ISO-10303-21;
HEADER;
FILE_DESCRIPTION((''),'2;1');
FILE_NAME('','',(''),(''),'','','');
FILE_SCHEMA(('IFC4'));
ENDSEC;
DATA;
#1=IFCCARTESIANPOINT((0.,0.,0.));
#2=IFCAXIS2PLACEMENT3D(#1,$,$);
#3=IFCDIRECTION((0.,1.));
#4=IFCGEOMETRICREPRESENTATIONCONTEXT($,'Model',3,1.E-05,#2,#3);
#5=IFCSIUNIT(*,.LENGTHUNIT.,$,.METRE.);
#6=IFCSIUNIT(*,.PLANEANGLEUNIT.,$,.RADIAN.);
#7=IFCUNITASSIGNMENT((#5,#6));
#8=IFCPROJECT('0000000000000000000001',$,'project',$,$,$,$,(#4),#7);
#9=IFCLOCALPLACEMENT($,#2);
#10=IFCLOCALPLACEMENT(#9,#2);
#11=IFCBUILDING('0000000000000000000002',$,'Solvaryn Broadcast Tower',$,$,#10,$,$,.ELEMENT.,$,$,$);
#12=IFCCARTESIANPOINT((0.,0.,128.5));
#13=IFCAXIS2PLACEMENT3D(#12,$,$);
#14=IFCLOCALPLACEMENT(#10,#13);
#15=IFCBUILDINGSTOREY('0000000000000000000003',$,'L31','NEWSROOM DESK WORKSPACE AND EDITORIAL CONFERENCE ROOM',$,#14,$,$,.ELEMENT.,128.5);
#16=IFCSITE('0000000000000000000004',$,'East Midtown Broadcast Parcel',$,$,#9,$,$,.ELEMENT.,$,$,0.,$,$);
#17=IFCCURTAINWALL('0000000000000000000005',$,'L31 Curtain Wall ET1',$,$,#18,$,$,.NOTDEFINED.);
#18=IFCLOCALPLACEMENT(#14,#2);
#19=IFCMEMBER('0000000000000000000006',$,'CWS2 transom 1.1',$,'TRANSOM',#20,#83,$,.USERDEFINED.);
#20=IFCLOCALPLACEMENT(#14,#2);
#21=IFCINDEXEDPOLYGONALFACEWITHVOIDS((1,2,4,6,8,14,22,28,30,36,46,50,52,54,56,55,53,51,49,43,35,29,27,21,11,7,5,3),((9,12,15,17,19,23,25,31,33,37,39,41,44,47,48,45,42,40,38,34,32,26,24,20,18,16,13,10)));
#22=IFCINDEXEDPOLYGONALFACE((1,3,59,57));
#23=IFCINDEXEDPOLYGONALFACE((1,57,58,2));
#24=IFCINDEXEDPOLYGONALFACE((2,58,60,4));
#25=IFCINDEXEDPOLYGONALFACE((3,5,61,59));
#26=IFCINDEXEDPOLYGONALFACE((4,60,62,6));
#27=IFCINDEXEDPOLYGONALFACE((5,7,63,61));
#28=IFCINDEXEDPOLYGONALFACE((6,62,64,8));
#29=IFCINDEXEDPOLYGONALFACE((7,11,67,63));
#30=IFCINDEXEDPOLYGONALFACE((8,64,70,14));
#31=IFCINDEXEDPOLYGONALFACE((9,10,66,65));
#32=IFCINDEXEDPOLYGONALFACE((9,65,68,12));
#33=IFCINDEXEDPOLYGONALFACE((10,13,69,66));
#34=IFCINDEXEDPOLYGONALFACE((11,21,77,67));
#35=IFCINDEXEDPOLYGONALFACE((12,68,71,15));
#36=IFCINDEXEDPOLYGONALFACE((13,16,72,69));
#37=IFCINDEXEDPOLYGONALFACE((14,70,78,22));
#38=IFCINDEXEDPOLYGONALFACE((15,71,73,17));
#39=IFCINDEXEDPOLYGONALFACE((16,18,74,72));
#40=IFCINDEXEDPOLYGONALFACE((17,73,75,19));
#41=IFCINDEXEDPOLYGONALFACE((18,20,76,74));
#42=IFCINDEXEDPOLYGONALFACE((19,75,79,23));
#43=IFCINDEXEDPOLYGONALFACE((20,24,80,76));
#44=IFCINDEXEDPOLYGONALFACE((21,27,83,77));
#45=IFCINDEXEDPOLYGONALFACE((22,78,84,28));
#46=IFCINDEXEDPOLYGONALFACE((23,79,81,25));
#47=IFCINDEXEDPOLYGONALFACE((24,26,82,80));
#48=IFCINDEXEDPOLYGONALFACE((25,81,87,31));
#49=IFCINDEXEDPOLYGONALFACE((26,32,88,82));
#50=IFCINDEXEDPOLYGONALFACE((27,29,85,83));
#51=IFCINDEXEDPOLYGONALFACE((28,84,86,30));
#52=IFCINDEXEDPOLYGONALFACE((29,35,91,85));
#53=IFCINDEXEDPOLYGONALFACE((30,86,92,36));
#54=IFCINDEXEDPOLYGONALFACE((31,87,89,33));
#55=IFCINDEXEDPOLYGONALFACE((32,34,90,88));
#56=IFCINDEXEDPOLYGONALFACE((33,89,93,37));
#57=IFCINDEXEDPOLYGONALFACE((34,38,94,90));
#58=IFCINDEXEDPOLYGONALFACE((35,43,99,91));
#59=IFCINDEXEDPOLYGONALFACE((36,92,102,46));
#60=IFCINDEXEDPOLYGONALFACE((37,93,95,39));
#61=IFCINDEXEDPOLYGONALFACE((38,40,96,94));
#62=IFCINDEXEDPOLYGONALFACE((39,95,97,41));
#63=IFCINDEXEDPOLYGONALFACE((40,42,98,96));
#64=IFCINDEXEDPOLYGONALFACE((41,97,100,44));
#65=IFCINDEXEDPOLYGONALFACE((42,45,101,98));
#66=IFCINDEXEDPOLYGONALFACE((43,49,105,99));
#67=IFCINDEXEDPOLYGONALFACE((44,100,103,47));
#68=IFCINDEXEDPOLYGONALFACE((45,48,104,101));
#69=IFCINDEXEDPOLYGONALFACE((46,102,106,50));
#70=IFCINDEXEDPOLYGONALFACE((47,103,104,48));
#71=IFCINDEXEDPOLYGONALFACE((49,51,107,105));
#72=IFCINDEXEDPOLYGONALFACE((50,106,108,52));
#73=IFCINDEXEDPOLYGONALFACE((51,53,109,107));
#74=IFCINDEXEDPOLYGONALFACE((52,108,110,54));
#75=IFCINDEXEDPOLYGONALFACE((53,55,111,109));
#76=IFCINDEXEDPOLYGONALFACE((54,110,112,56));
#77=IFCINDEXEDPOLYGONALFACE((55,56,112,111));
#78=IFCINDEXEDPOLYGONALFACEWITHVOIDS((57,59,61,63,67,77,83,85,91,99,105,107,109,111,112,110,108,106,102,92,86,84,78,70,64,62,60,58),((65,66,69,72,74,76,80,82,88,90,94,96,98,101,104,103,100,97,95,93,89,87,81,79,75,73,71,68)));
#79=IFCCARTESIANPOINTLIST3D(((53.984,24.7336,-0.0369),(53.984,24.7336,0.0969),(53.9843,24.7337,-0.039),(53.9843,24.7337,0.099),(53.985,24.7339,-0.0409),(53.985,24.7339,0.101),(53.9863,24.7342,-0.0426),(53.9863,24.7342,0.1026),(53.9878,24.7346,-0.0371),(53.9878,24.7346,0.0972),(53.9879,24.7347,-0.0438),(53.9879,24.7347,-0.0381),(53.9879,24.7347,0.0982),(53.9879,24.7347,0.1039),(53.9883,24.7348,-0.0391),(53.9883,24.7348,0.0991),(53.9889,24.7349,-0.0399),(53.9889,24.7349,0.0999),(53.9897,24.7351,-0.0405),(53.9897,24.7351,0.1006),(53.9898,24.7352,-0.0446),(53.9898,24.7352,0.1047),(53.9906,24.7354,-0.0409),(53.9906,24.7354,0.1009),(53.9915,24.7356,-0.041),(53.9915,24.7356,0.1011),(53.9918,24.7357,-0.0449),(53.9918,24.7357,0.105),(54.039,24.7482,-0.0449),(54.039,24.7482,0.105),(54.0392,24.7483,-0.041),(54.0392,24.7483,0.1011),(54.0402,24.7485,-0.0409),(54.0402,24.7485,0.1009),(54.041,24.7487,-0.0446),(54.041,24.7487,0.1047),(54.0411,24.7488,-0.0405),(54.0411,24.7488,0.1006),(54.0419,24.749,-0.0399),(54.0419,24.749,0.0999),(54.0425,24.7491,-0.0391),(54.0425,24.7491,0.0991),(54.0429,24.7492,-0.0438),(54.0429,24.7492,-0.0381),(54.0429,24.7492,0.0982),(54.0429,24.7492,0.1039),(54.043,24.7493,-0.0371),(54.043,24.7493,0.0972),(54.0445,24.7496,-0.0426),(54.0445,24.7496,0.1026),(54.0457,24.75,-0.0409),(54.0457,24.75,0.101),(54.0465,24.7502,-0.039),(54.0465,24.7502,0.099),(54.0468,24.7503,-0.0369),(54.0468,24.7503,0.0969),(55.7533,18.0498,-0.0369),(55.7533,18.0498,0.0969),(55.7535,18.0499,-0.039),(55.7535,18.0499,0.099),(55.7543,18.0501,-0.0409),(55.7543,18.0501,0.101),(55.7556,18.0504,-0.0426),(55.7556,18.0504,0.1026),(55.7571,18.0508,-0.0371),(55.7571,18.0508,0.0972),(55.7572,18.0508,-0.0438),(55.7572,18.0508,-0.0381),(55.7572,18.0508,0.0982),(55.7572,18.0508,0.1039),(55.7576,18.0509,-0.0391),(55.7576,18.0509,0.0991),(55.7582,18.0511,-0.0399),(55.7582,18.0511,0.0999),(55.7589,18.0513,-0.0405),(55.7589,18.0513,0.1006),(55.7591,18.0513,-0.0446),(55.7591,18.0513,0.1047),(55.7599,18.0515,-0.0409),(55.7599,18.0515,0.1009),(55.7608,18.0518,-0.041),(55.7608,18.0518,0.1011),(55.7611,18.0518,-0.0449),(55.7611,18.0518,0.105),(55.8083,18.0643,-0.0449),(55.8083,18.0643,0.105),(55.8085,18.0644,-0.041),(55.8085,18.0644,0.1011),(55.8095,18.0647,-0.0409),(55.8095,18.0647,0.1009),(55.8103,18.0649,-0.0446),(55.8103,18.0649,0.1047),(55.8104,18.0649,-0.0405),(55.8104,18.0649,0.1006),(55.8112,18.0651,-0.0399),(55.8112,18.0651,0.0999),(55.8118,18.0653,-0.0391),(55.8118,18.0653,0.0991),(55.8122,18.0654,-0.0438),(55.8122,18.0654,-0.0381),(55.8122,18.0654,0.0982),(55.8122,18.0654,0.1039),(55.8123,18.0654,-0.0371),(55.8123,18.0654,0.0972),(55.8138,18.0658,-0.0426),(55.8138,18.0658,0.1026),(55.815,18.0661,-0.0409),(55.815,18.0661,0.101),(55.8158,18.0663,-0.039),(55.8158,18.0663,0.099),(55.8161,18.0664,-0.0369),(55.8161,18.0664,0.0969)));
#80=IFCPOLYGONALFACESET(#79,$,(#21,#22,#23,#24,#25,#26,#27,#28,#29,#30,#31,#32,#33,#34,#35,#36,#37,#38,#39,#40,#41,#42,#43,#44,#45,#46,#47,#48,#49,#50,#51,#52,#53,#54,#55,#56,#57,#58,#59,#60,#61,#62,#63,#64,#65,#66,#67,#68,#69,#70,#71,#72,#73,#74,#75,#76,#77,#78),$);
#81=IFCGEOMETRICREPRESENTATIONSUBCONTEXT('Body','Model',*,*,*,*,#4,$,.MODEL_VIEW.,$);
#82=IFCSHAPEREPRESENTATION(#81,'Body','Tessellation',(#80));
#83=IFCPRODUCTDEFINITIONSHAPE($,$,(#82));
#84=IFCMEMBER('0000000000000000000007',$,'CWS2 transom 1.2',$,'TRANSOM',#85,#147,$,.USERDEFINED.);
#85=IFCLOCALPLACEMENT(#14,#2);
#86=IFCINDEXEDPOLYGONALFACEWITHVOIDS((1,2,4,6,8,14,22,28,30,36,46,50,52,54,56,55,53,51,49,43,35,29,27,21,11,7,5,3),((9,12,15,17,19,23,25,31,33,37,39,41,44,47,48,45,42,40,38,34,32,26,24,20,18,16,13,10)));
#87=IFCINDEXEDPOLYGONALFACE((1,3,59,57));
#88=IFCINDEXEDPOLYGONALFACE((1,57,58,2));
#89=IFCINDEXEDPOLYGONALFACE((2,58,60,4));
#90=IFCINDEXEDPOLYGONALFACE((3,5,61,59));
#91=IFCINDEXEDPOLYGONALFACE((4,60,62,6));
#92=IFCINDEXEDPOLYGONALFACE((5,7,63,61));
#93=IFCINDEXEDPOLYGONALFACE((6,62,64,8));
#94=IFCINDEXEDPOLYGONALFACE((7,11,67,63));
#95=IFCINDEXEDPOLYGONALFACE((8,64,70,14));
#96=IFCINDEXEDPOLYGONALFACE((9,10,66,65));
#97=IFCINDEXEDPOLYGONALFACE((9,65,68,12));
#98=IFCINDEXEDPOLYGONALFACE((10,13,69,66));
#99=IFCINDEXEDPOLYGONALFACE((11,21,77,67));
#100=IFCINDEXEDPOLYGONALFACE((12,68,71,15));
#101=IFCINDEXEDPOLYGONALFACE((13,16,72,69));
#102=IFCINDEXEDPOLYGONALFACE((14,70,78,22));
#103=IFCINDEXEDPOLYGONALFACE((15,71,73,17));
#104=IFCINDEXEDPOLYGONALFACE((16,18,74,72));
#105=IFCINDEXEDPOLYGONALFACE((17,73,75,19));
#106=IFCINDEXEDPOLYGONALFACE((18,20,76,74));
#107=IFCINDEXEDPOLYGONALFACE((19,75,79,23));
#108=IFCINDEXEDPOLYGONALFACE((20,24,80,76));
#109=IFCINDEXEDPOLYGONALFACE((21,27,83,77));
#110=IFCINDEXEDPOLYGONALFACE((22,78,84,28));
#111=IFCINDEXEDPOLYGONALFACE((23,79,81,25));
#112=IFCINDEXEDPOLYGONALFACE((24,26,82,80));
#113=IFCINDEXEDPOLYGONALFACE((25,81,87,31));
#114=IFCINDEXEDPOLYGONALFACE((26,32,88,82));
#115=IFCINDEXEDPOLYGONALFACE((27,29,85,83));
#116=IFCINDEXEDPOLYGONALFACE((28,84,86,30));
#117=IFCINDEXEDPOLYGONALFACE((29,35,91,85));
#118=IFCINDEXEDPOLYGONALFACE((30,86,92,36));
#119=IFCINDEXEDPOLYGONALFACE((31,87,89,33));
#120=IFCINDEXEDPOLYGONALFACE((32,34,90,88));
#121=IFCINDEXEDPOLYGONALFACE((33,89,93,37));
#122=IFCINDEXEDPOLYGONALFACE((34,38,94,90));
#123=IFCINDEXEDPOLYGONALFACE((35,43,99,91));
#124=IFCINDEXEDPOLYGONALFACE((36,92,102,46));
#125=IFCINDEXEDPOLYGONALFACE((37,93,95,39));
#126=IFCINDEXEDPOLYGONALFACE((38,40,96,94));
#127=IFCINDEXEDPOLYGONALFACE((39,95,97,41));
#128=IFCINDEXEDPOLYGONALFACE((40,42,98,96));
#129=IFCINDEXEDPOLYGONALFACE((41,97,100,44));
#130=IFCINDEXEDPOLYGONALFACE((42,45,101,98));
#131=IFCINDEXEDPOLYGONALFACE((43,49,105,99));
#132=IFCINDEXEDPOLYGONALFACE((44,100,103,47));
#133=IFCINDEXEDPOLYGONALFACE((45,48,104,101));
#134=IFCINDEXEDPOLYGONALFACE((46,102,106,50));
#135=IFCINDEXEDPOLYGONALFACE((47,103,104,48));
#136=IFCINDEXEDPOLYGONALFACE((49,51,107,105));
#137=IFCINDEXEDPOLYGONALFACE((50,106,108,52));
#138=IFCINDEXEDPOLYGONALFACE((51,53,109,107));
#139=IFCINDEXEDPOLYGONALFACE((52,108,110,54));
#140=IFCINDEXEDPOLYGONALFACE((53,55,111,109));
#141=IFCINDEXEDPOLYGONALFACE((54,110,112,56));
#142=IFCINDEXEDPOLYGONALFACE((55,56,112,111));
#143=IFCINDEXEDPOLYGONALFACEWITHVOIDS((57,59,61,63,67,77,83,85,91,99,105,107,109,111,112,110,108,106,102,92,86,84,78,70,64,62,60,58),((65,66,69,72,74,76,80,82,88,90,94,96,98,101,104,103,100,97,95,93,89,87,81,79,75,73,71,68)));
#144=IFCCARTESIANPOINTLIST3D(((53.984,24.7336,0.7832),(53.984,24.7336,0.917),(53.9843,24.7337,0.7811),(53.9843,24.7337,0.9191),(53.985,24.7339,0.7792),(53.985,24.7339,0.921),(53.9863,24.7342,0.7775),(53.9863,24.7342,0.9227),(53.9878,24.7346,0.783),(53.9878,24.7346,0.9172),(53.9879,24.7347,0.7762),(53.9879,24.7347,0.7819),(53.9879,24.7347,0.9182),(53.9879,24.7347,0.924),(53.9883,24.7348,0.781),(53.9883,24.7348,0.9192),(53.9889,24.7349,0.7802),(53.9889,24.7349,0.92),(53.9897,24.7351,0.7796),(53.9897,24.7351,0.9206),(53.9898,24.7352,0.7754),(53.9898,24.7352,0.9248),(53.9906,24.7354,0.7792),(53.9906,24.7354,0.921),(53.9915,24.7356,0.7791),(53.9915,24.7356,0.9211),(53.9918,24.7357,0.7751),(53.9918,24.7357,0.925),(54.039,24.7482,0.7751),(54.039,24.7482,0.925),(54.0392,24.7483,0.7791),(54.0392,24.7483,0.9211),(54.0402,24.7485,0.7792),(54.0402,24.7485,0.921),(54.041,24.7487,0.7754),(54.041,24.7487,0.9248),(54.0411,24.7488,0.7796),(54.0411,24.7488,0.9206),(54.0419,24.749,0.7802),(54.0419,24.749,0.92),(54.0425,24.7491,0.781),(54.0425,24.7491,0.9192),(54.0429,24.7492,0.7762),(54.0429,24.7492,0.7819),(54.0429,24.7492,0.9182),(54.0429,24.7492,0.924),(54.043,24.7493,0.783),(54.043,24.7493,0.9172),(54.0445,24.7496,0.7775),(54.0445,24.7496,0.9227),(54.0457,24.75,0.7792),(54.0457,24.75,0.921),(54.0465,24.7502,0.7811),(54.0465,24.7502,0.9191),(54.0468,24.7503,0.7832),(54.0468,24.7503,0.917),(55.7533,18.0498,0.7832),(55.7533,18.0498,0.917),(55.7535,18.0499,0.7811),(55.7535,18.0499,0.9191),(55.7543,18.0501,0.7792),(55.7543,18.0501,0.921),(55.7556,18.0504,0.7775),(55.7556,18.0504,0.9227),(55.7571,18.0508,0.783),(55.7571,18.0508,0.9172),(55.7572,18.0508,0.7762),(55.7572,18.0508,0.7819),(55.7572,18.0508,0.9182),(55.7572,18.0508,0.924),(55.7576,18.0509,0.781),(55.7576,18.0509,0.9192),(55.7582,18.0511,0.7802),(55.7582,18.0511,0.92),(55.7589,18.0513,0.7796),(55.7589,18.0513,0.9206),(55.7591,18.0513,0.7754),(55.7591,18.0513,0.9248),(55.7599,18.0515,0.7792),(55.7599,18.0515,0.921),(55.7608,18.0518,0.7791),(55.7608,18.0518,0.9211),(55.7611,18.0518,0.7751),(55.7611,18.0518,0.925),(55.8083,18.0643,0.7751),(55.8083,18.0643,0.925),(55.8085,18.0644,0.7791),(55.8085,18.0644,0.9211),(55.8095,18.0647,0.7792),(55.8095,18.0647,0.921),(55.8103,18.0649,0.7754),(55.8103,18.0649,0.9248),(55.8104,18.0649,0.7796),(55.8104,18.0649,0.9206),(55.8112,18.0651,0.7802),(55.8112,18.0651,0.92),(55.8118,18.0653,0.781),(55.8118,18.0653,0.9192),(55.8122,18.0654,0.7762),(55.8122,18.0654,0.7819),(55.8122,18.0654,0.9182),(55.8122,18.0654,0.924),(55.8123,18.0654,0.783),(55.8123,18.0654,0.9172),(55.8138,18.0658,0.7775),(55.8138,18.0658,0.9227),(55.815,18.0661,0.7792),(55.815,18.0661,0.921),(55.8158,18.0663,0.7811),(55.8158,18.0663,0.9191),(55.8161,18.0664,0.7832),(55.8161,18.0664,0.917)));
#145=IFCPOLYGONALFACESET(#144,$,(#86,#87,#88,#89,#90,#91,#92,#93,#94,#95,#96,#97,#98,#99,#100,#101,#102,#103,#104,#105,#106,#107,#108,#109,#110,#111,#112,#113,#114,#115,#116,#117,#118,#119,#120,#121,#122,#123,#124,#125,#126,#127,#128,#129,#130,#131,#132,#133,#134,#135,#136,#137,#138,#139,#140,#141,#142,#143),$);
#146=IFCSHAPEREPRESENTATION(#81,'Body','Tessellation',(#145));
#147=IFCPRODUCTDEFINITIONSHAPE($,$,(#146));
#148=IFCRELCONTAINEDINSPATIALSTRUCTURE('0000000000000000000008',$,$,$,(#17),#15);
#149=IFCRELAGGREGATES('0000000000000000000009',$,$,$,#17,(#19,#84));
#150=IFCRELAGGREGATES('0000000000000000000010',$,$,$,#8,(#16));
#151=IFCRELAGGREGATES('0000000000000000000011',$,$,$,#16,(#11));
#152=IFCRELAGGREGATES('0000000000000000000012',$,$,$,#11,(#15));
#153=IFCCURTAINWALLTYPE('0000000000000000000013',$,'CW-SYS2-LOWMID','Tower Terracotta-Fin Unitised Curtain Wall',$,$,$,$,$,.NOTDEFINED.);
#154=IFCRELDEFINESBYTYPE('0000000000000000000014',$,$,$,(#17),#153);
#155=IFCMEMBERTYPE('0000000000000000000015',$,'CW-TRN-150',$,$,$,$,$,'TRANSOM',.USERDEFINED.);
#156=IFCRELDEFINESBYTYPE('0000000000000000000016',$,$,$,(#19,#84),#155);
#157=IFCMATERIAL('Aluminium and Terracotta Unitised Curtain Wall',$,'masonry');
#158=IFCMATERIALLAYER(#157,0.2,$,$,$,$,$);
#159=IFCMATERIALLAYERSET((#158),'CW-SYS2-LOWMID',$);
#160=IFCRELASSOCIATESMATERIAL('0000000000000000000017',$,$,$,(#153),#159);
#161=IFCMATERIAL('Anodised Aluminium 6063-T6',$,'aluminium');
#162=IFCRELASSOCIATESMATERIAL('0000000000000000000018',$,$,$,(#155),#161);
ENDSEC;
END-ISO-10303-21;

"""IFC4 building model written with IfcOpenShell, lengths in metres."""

from ifc_helpers import new_model, si_unit, direction, frame, origin, origin_2d, place, context, subcontext, project, spatial, hollow_rectangle, extrude, material, layer, layer_set, material_profile, profile_set, type_object, element, aggregate, save


model = new_model("IFC4")

# Units and contexts
model_context = context("Model", 3, precision=1e-05, world=origin(), true_north=direction((0.0, 1.0)))
body_context = subcontext(model_context, "Body", "Model", "MODEL_VIEW")
ifc_project = project(units=[si_unit("LENGTHUNIT", "METRE"), si_unit("PLANEANGLEUNIT", "RADIAN")], contexts=[model_context])

# Site, building, storey
site_placement = place(None, origin())
site = spatial("IfcSite", under=ifc_project, at=site_placement, Name="East Midtown Broadcast Parcel", CompositionType="ELEMENT", RefElevation=0.0)
building_placement = place(site_placement, origin())
building = spatial("IfcBuilding", under=site, at=building_placement, Name="Solvaryn Broadcast Tower", CompositionType="ELEMENT")
storey_placement = place(building_placement, frame((0.0, 0.0, 128.5)))
storey = spatial("IfcBuildingStorey", under=building, at=storey_placement, Name="L31", Description="NEWSROOM DESK WORKSPACE AND EDITORIAL CONFERENCE ROOM", CompositionType="ELEMENT", Elevation=128.5)

# Curtain wall
ifc_material_1 = material(Name="Aluminium and Terracotta Unitised Curtain Wall", Category="masonry")
ifc_layer_1 = layer(ifc_material_1, 0.2)
ifc_layer_set_1 = layer_set([ifc_layer_1], Name="CW-SYS2-LOWMID")
curtain_wall_type = type_object("IfcCurtainWallType", Name="CW-SYS2-LOWMID", Description="Tower Terracotta-Fin Unitised Curtain Wall", PredefinedType="NOTDEFINED", material=ifc_layer_set_1)
curtain_wall_1_placement = place(storey_placement, origin())
curtain_wall_1 = element("IfcCurtainWall", 1, at=curtain_wall_1_placement, inside=storey, type_object=curtain_wall_type, Name="L31 Curtain Wall ET1", PredefinedType="NOTDEFINED")

# Members
ifc_material_2 = material(Name="Anodised Aluminium 6063-T6", Category="aluminium")
ifc_material_profile_1 = material_profile(ifc_material_2, hollow_rectangle(XDim=0.0649, YDim=0.1499, WallThickness=0.0039, InnerFilletRadius=0.0039, OuterFilletRadius=0.0081, at=origin_2d()))
ifc_profile_set_1 = profile_set([ifc_material_profile_1], Name="Anodised Aluminium 6063-T6")
member_type_1 = type_object("IfcMemberType", Name="CW-TRN-150", ElementType="TRANSOM", PredefinedType="USERDEFINED", material=ifc_profile_set_1)
member_1_placement = place(storey_placement, frame((54.0154, 24.7419, 0.03), z_axis=(0.255897, -0.966704, 0.0), x_axis=(0.966704, 0.255897, 0.0)))
member_1 = element("IfcMember", 2, at=member_1_placement, type_object=member_type_1, Name="CWS2 transom 1.1", ObjectType="TRANSOM", PredefinedType="USERDEFINED", context=body_context, shape_type="SweptSolid", body=[
    extrude(hollow_rectangle(XDim=0.0649, YDim=0.1499, WallThickness=0.0039, InnerFilletRadius=0.0039, OuterFilletRadius=0.0081, at=origin_2d()), origin(), (0.0, 0.0, 1.0), 6.9141),
])
member_2_placement = place(storey_placement, frame((54.0154, 24.7419, 0.8501), z_axis=(0.255897, -0.966704, 0.0), x_axis=(0.966704, 0.255897, 0.0)))
member_2 = element("IfcMember", 3, at=member_2_placement, type_object=member_type_1, Name="CWS2 transom 1.2", ObjectType="TRANSOM", PredefinedType="USERDEFINED", context=body_context, shape_type="SweptSolid", body=[
    extrude(hollow_rectangle(XDim=0.0649, YDim=0.1499, WallThickness=0.0039, InnerFilletRadius=0.0039, OuterFilletRadius=0.0081, at=origin_2d()), origin(), (0.0, 0.0, 1.0), 6.9141),
])

aggregate(curtain_wall_1, [member_1, member_2])

save(model, "model.ifc")
